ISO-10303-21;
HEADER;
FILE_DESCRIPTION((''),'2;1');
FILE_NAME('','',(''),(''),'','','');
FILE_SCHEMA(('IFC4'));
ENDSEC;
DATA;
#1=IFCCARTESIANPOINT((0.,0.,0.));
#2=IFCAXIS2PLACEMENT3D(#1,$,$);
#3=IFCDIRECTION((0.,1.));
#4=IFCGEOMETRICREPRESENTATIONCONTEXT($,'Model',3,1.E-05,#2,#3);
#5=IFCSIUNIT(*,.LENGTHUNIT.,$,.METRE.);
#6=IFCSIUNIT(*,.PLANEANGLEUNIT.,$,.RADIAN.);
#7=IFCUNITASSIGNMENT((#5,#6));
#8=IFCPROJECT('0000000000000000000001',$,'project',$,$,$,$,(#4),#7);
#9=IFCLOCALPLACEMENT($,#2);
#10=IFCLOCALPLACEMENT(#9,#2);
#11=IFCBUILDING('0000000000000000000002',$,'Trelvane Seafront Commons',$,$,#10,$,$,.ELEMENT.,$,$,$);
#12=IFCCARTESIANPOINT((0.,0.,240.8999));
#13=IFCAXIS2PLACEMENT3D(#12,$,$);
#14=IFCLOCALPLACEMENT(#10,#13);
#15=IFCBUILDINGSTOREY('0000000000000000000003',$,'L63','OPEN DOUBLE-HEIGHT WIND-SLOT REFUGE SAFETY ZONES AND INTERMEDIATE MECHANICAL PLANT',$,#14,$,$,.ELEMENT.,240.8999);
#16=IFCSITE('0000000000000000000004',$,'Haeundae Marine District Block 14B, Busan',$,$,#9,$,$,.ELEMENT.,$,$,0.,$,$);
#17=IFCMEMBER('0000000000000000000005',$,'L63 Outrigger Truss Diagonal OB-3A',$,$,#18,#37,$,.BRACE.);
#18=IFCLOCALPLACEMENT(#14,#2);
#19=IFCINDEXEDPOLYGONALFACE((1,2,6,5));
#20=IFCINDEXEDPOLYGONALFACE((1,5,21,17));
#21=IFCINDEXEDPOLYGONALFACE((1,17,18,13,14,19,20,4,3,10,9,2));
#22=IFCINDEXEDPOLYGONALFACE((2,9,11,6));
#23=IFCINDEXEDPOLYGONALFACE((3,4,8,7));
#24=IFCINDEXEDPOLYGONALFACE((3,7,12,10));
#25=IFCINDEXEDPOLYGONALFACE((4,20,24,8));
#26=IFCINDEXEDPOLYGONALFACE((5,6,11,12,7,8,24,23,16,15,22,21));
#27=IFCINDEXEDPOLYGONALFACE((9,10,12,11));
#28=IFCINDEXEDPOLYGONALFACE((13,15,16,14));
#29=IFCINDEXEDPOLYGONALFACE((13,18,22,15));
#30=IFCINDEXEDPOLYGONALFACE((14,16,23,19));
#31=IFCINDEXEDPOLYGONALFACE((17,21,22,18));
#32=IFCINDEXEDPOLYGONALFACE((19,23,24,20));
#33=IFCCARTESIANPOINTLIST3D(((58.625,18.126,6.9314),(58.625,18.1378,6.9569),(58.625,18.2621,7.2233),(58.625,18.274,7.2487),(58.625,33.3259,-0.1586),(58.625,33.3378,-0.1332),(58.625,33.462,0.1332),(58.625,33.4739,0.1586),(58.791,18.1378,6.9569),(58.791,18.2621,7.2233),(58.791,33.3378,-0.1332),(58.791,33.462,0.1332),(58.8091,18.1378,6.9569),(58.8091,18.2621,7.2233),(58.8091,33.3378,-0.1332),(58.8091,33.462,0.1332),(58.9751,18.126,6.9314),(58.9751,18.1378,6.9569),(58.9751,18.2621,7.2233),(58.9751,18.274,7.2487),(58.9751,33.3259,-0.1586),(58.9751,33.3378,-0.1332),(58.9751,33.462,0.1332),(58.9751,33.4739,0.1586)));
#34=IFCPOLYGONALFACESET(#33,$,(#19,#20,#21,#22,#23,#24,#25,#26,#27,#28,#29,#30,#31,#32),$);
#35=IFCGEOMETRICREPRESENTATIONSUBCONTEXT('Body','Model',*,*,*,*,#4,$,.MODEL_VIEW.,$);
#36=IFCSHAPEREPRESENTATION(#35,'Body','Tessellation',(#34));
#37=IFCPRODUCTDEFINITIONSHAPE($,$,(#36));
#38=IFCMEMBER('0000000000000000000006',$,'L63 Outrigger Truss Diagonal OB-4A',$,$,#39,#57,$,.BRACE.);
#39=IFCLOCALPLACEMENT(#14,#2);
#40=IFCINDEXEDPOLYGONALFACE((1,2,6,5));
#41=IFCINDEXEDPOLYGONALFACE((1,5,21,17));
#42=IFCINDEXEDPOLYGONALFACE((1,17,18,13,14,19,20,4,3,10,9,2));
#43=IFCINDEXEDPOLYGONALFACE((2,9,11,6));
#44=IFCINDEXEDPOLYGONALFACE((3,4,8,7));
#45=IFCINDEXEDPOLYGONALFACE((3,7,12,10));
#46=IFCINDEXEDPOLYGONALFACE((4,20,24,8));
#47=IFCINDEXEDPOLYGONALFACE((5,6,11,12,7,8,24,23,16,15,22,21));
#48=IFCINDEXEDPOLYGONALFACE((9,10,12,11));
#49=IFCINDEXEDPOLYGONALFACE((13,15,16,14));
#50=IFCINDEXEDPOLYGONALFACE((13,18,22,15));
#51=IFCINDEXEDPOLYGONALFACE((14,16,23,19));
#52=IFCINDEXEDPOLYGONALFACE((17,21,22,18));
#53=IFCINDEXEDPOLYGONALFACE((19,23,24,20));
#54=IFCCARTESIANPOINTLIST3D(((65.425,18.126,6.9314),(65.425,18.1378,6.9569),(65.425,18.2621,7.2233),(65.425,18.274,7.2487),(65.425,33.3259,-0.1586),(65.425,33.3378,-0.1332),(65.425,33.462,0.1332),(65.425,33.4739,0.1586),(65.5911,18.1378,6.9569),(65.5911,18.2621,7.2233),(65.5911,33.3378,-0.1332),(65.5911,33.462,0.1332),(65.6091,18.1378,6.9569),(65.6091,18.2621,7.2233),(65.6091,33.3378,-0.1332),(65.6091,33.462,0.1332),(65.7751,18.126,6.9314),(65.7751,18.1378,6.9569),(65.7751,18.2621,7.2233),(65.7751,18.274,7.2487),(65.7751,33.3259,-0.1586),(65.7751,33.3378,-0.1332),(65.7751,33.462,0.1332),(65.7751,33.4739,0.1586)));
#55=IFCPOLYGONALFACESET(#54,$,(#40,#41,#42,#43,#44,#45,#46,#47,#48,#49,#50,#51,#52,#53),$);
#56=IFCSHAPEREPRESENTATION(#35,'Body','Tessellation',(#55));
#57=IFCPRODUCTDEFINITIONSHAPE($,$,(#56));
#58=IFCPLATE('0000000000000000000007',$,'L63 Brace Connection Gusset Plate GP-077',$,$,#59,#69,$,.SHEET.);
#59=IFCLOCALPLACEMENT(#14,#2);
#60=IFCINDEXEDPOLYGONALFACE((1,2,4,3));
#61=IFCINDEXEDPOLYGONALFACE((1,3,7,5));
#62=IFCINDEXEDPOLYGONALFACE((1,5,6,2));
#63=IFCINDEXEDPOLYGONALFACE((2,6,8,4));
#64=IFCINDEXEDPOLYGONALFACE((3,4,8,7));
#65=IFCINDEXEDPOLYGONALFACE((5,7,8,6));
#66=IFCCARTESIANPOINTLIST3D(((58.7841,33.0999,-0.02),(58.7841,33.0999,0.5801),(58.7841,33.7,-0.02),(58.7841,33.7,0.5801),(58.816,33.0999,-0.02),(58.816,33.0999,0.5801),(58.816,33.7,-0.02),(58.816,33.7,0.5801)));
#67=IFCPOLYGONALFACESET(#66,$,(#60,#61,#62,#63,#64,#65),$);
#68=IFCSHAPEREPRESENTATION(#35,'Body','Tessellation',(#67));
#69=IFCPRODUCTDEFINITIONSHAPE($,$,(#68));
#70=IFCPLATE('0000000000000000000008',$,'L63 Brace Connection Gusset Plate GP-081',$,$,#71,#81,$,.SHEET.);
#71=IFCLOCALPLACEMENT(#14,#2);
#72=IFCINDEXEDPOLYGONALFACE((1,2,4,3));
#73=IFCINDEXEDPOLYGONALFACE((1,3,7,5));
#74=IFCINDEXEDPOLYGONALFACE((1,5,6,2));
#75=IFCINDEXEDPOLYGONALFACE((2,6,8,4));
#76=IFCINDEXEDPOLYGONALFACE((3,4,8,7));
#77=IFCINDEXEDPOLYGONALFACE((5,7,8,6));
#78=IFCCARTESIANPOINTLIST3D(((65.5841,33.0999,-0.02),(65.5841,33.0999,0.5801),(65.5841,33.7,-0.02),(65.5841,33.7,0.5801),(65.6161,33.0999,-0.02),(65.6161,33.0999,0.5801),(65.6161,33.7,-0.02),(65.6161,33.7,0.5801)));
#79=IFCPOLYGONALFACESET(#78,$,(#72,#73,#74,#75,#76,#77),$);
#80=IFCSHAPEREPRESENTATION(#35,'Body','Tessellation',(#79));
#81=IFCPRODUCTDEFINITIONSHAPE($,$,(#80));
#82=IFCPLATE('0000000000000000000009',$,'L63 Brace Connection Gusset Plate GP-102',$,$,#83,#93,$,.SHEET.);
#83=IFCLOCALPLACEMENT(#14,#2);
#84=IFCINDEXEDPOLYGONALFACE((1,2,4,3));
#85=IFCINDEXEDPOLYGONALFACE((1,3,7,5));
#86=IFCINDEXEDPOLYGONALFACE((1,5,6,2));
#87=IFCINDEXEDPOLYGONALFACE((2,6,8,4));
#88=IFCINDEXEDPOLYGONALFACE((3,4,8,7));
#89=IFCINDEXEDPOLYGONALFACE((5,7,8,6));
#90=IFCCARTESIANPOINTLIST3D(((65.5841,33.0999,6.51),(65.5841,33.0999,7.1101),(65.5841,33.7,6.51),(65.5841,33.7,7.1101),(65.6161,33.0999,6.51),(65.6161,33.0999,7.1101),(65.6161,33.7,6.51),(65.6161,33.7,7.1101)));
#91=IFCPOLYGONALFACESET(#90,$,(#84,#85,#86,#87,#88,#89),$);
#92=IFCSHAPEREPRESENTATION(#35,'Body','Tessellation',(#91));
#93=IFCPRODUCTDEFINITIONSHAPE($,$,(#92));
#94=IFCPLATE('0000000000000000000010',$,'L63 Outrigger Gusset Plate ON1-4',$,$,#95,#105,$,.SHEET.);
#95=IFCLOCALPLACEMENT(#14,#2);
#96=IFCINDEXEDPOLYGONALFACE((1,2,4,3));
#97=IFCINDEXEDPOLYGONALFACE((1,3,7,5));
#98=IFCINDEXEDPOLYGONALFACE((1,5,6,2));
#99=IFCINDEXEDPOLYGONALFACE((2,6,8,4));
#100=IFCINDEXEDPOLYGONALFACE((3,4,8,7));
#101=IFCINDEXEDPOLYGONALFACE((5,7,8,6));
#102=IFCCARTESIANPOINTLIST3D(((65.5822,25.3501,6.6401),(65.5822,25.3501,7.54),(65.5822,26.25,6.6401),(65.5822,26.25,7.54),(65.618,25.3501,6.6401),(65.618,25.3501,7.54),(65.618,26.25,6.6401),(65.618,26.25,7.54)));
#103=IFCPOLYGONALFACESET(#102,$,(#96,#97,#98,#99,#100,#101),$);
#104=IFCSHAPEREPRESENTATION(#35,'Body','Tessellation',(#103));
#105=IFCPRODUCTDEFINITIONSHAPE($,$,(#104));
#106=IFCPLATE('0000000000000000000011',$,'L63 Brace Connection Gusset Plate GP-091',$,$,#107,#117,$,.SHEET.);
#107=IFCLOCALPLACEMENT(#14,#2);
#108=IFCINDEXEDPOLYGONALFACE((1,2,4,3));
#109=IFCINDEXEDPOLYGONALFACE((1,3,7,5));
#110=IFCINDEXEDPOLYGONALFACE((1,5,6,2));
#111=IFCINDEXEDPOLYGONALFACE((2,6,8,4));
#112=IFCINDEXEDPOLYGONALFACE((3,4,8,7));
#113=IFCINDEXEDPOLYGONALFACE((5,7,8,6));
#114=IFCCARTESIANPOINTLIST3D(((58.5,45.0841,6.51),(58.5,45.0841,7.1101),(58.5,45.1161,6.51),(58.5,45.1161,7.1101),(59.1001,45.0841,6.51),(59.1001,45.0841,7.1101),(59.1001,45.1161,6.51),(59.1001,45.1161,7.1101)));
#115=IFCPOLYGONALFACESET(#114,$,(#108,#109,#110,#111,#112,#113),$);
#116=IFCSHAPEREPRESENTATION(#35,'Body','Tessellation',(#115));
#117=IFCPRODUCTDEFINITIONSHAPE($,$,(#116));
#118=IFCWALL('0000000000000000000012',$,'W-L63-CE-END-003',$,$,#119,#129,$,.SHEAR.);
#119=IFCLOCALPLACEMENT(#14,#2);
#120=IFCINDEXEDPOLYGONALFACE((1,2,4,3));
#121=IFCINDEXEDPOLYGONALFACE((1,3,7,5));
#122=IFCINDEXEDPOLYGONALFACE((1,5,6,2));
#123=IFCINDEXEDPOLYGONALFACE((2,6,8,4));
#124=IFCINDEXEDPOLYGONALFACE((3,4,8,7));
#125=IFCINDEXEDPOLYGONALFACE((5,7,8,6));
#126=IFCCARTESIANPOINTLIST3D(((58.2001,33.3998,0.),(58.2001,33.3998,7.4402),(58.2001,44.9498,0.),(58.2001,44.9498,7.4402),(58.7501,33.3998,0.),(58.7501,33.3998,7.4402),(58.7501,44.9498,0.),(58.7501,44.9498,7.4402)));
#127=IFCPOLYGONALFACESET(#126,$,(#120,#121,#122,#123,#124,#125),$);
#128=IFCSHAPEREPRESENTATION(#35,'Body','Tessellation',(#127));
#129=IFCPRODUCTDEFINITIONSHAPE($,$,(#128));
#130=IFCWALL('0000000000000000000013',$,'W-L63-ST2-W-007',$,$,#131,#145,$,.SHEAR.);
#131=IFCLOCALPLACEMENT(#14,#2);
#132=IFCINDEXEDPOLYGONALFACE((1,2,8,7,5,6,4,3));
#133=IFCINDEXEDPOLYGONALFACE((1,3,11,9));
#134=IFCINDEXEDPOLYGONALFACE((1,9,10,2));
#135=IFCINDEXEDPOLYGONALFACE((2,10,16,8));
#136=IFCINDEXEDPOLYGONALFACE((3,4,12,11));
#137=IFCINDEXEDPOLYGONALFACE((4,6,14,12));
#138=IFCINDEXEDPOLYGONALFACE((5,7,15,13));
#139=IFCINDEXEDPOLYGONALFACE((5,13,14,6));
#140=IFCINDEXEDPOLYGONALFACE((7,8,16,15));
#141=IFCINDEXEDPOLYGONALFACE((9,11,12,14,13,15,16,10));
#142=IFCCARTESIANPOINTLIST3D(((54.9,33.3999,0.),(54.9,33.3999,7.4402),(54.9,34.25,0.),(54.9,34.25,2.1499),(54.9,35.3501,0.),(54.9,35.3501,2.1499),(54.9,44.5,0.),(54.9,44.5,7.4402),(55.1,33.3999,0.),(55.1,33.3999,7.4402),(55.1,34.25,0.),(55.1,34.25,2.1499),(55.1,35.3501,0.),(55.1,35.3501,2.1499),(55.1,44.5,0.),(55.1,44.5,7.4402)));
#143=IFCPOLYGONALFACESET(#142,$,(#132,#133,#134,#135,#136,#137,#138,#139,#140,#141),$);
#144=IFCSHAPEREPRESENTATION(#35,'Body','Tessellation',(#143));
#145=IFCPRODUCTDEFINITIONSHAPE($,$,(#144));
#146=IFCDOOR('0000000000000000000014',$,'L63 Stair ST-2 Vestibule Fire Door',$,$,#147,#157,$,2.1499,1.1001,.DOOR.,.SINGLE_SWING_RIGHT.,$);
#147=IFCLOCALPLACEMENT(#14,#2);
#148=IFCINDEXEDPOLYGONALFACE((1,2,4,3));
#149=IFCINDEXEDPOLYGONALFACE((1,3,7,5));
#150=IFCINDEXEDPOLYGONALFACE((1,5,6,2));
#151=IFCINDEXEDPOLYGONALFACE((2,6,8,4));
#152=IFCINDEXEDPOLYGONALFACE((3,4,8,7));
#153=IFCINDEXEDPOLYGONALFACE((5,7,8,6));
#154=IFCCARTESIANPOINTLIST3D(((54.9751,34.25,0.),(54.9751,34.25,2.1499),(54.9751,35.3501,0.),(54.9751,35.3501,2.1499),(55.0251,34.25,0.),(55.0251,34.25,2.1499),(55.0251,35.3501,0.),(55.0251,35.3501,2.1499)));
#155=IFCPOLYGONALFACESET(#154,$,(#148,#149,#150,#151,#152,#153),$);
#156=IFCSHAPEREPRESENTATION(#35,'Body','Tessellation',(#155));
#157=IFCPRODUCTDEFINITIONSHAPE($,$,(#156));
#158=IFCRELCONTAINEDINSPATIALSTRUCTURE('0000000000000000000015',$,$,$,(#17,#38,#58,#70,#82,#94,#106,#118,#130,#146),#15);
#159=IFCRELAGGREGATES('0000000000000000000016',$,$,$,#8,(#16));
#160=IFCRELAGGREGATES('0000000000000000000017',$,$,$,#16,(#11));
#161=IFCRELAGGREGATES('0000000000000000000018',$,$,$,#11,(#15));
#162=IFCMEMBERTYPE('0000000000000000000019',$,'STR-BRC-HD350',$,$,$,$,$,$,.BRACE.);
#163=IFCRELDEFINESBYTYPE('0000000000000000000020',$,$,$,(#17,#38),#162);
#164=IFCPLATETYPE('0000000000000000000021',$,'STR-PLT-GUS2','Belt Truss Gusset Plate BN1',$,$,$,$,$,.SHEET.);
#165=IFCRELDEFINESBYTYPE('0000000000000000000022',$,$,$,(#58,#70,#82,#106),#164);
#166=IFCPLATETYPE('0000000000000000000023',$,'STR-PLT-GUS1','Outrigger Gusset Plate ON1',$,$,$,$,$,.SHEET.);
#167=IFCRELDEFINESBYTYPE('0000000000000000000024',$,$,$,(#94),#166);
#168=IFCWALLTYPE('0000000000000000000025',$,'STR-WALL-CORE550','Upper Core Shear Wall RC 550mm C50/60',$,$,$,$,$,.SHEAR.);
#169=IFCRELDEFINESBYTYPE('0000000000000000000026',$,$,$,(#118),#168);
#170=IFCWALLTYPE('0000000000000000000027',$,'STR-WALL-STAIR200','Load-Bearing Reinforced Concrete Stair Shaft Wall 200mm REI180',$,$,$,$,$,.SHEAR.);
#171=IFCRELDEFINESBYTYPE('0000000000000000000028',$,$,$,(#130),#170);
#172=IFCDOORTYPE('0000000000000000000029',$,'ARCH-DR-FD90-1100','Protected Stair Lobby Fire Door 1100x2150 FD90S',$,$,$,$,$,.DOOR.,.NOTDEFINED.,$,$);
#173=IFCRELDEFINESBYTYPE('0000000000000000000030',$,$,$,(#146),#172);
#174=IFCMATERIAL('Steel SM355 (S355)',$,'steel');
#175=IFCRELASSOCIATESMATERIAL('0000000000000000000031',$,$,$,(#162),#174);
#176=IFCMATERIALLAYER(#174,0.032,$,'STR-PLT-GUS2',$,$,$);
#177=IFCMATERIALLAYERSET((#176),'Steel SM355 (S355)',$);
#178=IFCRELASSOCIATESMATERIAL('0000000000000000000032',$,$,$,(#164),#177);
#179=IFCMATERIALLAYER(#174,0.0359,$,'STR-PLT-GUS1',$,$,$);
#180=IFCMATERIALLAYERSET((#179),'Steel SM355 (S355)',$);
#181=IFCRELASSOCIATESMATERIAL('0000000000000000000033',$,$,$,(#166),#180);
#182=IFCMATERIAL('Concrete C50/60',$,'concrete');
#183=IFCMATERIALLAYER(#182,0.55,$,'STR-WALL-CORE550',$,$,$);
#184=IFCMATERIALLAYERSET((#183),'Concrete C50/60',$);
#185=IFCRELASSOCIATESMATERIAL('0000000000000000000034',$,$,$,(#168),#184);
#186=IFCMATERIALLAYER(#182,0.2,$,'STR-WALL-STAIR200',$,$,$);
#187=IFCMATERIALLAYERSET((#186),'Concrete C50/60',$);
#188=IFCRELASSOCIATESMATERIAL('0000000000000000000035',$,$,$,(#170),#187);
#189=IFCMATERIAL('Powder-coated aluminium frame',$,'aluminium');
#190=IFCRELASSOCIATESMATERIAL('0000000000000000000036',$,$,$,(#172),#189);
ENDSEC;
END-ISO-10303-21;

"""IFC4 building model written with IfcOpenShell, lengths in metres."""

from ifc_helpers import new_model, si_unit, direction, frame, frame_2d, origin, origin_2d, place, context, subcontext, project, spatial, rectangle, i_section, extrude, source, transform, mapped, material, layer, layer_set, material_profile, profile_set, type_object, element, fill, save


model = new_model("IFC4")

# Units and contexts
model_context = context("Model", 3, precision=1e-05, world=origin(), true_north=direction((0.0, 1.0)))
body_context = subcontext(model_context, "Body", "Model", "MODEL_VIEW")
ifc_project = project(units=[si_unit("LENGTHUNIT", "METRE"), si_unit("PLANEANGLEUNIT", "RADIAN")], contexts=[model_context])

# Site, building, storey
site_placement = place(None, origin())
site = spatial("IfcSite", under=ifc_project, at=site_placement, Name="Haeundae Marine District Block 14B, Busan", CompositionType="ELEMENT", RefElevation=0.0)
building_placement = place(site_placement, origin())
building = spatial("IfcBuilding", under=site, at=building_placement, Name="Trelvane Seafront Commons", CompositionType="ELEMENT")
storey_placement = place(building_placement, frame((0.0, 0.0, 240.8999)))
storey = spatial("IfcBuildingStorey", under=building, at=storey_placement, Name="L63", Description="OPEN DOUBLE-HEIGHT WIND-SLOT REFUGE SAFETY ZONES AND INTERMEDIATE MECHANICAL PLANT", CompositionType="ELEMENT", Elevation=240.8999)

# Shared definitions
ifc_material_1 = material(Name="Steel SM355 (S355)", Category="steel")
ifc_material_2 = material(Name="Concrete C50/60", Category="concrete")

# Members
ifc_material_profile_1 = material_profile(ifc_material_1, i_section(OverallWidth=0.3501, OverallDepth=0.3501, WebThickness=0.0181, FlangeThickness=0.0281, at=origin_2d()), Name="HD-350x350x18x28")
ifc_profile_set_1 = profile_set([ifc_material_profile_1], Name="Steel SM355 (S355)")
member_type = type_object("IfcMemberType", Name="STR-BRC-HD350", PredefinedType="BRACE", material=ifc_profile_set_1)
shared_shape_1 = source(origin(), body_context, "Body", "SweptSolid", [
    extrude(i_section(OverallWidth=0.3501, OverallDepth=0.3501, WebThickness=0.0181, FlangeThickness=0.0281, at=origin_2d()), origin(), (0.0, 0.0, 1.0), 16.7722),
])
for number, where, z_axis, x_axis, name in (
    (1, (58.8, 33.3999, 0.0), (0.0, -0.906257, 0.422728), (1.0, 0.0, 0.0), "L63 Outrigger Truss Diagonal OB-3A"),
    (2, (65.6001, 33.3999, 0.0), (0.0, -0.906257, 0.422728), (1.0, 0.0, 0.0), "L63 Outrigger Truss Diagonal OB-4A"),
):
    element("IfcMember", number, at=place(storey_placement, frame(where, z_axis=z_axis, x_axis=x_axis)), inside=storey, type_object=member_type, Name=name, PredefinedType="BRACE", context=body_context, shape_type="MappedRepresentation", body=[
        mapped(shared_shape_1, transform((0.0, 0.0, 0.0), x_axis=(1.0, 0.0, 0.0), y_axis=(0.0, 1.0, 0.0), z_axis=(0.0, 0.0, 1.0), scale=1.0)),
    ])

# Plates
ifc_layer_1 = layer(ifc_material_1, 0.032, Name="STR-PLT-GUS2")
ifc_layer_set_1 = layer_set([ifc_layer_1], Name="Steel SM355 (S355)")
plate_type_1 = type_object("IfcPlateType", Name="STR-PLT-GUS2", Description="Belt Truss Gusset Plate BN1", PredefinedType="SHEET", material=ifc_layer_set_1)
shared_shape_2 = source(origin(), body_context, "Body", "SweptSolid", [
    extrude(rectangle(XDim=0.032, YDim=0.6001, at=origin_2d()), origin(), (0.0, 0.0, 1.0), 0.6001),
])
for number, where, z_axis, x_axis, name in (
    (3, (58.8, 33.3999, -0.02), (0.0, 0.0, 1.0), (1.0, 0.0, 0.0), "L63 Brace Connection Gusset Plate GP-077"),
    (4, (65.6001, 33.3999, -0.02), (0.0, 0.0, 1.0), (1.0, 0.0, 0.0), "L63 Brace Connection Gusset Plate GP-081"),
    (5, (65.6001, 33.3999, 6.51), (0.0, 0.0, 1.0), (1.0, 0.0, 0.0), "L63 Brace Connection Gusset Plate GP-102"),
):
    element("IfcPlate", number, at=place(storey_placement, frame(where, z_axis=z_axis, x_axis=x_axis)), inside=storey, type_object=plate_type_1, Name=name, PredefinedType="SHEET", context=body_context, shape_type="MappedRepresentation", body=[
        mapped(shared_shape_2, transform((0.0, 0.0, 0.0), x_axis=(1.0, 0.0, 0.0), y_axis=(0.0, 1.0, 0.0), z_axis=(0.0, 0.0, 1.0), scale=1.0)),
    ])
ifc_layer_2 = layer(ifc_material_1, 0.0359, Name="STR-PLT-GUS1")
ifc_layer_set_2 = layer_set([ifc_layer_2], Name="Steel SM355 (S355)")
plate_type_2 = type_object("IfcPlateType", Name="STR-PLT-GUS1", Description="Outrigger Gusset Plate ON1", PredefinedType="SHEET", material=ifc_layer_set_2)
shared_shape_3 = source(origin(), body_context, "Body", "SweptSolid", [
    extrude(rectangle(XDim=0.0359, YDim=0.8999, at=origin_2d()), origin(), (0.0, 0.0, 1.0), 0.8999),
])
plate_1_placement = place(storey_placement, frame((65.6001, 25.8, 6.6401), z_axis=(0.0, 0.0, 1.0), x_axis=(1.0, 0.0, 0.0)))
element("IfcPlate", 6, at=plate_1_placement, inside=storey, type_object=plate_type_2, Name="L63 Outrigger Gusset Plate ON1-4", PredefinedType="SHEET", context=body_context, shape_type="MappedRepresentation", body=[
    mapped(shared_shape_3, transform((0.0, 0.0, 0.0), x_axis=(1.0, 0.0, 0.0), y_axis=(0.0, 1.0, 0.0), z_axis=(0.0, 0.0, 1.0), scale=1.0)),
])
shared_shape_4 = source(origin(), body_context, "Body", "SweptSolid", [
    extrude(rectangle(XDim=0.6001, YDim=0.032, at=origin_2d()), origin(), (0.0, 0.0, 1.0), 0.6001),
])
plate_2_placement = place(storey_placement, frame((58.8, 45.1001, 6.51), z_axis=(0.0, 0.0, 1.0), x_axis=(1.0, 0.0, 0.0)))
element("IfcPlate", 7, at=plate_2_placement, inside=storey, type_object=plate_type_1, Name="L63 Brace Connection Gusset Plate GP-091", PredefinedType="SHEET", context=body_context, shape_type="MappedRepresentation", body=[
    mapped(shared_shape_4, transform((0.0, 0.0, 0.0), x_axis=(1.0, 0.0, 0.0), y_axis=(0.0, 1.0, 0.0), z_axis=(0.0, 0.0, 1.0), scale=1.0)),
])

# Wall
ifc_layer_3 = layer(ifc_material_2, 0.55, Name="STR-WALL-CORE550")
ifc_layer_set_3 = layer_set([ifc_layer_3], Name="Concrete C50/60")
wall_type_1 = type_object("IfcWallType", Name="STR-WALL-CORE550", Description="Upper Core Shear Wall RC 550mm C50/60", PredefinedType="SHEAR", material=ifc_layer_set_3)
wall_1_placement = place(storey_placement, frame((58.4751, 33.3999, 0.0), z_axis=(0.0, 0.0, 1.0), x_axis=(0.0, 1.0, 0.0)))
element("IfcWall", 8, at=wall_1_placement, inside=storey, type_object=wall_type_1, Name="W-L63-CE-END-003", PredefinedType="SHEAR", context=body_context, shape_type="SweptSolid", body=[
    extrude(rectangle(XDim=11.55, YDim=0.55, at=frame_2d((5.7749, 0.0))), origin(), (0.0, 0.0, 1.0), 7.4402),
])

# Wall, opening, door
ifc_layer_4 = layer(ifc_material_2, 0.2, Name="STR-WALL-STAIR200")
ifc_layer_set_4 = layer_set([ifc_layer_4], Name="Concrete C50/60")
wall_type_2 = type_object("IfcWallType", Name="STR-WALL-STAIR200", Description="Load-Bearing Reinforced Concrete Stair Shaft Wall 200mm REI180", PredefinedType="SHEAR", material=ifc_layer_set_4)
wall_2_placement = place(storey_placement, frame((55.0, 33.3999, 0.0), z_axis=(0.0, 0.0, 1.0), x_axis=(0.0, 1.0, 0.0)))
wall_2 = element("IfcWall", 9, at=wall_2_placement, inside=storey, type_object=wall_type_2, Name="W-L63-ST2-W-007", PredefinedType="SHEAR", context=body_context, shape_type="SweptSolid", body=[
    extrude(rectangle(XDim=11.1001, YDim=0.2, at=frame_2d((5.55, 0.0))), origin(), (0.0, 0.0, 1.0), 7.4402),
])
opening_placement = place(wall_2_placement, frame((0.8501, 0.0, 0.0)))
opening = element("IfcOpeningElement", 10, at=opening_placement, cuts=wall_2, PredefinedType="OPENING", context=body_context, shape_type="SweptSolid", body=[
    extrude(rectangle(XDim=1.1001, YDim=2.1499, at=frame_2d((0.55, 1.075))), frame((0.0, 0.1099, 0.0), z_axis=(0.0, -1.0, 0.0), x_axis=(1.0, 0.0, 0.0)), (0.0, 0.0, 1.0), 0.22),
])
ifc_material_3 = material(Name="Powder-coated aluminium frame", Category="aluminium")
door_type = type_object("IfcDoorType", Name="ARCH-DR-FD90-1100", Description="Protected Stair Lobby Fire Door 1100x2150 FD90S", OperationType="NOTDEFINED", PredefinedType="DOOR", material=ifc_material_3)
shared_shape_5 = source(origin(), body_context, "Body", "SweptSolid", [
    extrude(rectangle(XDim=1.1001, YDim=2.1499, at=frame_2d((0.55, 1.075))), frame((0.0, 0.0249, 0.0), z_axis=(0.0, -1.0, 0.0), x_axis=(1.0, 0.0, 0.0)), (0.0, 0.0, 1.0), 0.05),
])
door_placement = place(opening_placement, origin())
door = element("IfcDoor", 11, at=door_placement, inside=storey, type_object=door_type, Name="L63 Stair ST-2 Vestibule Fire Door", OperationType="SINGLE_SWING_RIGHT", OverallHeight=2.1499, OverallWidth=1.1001, PredefinedType="DOOR", context=body_context, shape_type="MappedRepresentation", body=[
    mapped(shared_shape_5, transform((0.0, 0.0, 0.0), x_axis=(1.0, 0.0, 0.0), y_axis=(0.0, 1.0, 0.0), z_axis=(0.0, 0.0, 1.0), scale=1.0)),
])
fill(opening, door)

save(model, "model.ifc")
